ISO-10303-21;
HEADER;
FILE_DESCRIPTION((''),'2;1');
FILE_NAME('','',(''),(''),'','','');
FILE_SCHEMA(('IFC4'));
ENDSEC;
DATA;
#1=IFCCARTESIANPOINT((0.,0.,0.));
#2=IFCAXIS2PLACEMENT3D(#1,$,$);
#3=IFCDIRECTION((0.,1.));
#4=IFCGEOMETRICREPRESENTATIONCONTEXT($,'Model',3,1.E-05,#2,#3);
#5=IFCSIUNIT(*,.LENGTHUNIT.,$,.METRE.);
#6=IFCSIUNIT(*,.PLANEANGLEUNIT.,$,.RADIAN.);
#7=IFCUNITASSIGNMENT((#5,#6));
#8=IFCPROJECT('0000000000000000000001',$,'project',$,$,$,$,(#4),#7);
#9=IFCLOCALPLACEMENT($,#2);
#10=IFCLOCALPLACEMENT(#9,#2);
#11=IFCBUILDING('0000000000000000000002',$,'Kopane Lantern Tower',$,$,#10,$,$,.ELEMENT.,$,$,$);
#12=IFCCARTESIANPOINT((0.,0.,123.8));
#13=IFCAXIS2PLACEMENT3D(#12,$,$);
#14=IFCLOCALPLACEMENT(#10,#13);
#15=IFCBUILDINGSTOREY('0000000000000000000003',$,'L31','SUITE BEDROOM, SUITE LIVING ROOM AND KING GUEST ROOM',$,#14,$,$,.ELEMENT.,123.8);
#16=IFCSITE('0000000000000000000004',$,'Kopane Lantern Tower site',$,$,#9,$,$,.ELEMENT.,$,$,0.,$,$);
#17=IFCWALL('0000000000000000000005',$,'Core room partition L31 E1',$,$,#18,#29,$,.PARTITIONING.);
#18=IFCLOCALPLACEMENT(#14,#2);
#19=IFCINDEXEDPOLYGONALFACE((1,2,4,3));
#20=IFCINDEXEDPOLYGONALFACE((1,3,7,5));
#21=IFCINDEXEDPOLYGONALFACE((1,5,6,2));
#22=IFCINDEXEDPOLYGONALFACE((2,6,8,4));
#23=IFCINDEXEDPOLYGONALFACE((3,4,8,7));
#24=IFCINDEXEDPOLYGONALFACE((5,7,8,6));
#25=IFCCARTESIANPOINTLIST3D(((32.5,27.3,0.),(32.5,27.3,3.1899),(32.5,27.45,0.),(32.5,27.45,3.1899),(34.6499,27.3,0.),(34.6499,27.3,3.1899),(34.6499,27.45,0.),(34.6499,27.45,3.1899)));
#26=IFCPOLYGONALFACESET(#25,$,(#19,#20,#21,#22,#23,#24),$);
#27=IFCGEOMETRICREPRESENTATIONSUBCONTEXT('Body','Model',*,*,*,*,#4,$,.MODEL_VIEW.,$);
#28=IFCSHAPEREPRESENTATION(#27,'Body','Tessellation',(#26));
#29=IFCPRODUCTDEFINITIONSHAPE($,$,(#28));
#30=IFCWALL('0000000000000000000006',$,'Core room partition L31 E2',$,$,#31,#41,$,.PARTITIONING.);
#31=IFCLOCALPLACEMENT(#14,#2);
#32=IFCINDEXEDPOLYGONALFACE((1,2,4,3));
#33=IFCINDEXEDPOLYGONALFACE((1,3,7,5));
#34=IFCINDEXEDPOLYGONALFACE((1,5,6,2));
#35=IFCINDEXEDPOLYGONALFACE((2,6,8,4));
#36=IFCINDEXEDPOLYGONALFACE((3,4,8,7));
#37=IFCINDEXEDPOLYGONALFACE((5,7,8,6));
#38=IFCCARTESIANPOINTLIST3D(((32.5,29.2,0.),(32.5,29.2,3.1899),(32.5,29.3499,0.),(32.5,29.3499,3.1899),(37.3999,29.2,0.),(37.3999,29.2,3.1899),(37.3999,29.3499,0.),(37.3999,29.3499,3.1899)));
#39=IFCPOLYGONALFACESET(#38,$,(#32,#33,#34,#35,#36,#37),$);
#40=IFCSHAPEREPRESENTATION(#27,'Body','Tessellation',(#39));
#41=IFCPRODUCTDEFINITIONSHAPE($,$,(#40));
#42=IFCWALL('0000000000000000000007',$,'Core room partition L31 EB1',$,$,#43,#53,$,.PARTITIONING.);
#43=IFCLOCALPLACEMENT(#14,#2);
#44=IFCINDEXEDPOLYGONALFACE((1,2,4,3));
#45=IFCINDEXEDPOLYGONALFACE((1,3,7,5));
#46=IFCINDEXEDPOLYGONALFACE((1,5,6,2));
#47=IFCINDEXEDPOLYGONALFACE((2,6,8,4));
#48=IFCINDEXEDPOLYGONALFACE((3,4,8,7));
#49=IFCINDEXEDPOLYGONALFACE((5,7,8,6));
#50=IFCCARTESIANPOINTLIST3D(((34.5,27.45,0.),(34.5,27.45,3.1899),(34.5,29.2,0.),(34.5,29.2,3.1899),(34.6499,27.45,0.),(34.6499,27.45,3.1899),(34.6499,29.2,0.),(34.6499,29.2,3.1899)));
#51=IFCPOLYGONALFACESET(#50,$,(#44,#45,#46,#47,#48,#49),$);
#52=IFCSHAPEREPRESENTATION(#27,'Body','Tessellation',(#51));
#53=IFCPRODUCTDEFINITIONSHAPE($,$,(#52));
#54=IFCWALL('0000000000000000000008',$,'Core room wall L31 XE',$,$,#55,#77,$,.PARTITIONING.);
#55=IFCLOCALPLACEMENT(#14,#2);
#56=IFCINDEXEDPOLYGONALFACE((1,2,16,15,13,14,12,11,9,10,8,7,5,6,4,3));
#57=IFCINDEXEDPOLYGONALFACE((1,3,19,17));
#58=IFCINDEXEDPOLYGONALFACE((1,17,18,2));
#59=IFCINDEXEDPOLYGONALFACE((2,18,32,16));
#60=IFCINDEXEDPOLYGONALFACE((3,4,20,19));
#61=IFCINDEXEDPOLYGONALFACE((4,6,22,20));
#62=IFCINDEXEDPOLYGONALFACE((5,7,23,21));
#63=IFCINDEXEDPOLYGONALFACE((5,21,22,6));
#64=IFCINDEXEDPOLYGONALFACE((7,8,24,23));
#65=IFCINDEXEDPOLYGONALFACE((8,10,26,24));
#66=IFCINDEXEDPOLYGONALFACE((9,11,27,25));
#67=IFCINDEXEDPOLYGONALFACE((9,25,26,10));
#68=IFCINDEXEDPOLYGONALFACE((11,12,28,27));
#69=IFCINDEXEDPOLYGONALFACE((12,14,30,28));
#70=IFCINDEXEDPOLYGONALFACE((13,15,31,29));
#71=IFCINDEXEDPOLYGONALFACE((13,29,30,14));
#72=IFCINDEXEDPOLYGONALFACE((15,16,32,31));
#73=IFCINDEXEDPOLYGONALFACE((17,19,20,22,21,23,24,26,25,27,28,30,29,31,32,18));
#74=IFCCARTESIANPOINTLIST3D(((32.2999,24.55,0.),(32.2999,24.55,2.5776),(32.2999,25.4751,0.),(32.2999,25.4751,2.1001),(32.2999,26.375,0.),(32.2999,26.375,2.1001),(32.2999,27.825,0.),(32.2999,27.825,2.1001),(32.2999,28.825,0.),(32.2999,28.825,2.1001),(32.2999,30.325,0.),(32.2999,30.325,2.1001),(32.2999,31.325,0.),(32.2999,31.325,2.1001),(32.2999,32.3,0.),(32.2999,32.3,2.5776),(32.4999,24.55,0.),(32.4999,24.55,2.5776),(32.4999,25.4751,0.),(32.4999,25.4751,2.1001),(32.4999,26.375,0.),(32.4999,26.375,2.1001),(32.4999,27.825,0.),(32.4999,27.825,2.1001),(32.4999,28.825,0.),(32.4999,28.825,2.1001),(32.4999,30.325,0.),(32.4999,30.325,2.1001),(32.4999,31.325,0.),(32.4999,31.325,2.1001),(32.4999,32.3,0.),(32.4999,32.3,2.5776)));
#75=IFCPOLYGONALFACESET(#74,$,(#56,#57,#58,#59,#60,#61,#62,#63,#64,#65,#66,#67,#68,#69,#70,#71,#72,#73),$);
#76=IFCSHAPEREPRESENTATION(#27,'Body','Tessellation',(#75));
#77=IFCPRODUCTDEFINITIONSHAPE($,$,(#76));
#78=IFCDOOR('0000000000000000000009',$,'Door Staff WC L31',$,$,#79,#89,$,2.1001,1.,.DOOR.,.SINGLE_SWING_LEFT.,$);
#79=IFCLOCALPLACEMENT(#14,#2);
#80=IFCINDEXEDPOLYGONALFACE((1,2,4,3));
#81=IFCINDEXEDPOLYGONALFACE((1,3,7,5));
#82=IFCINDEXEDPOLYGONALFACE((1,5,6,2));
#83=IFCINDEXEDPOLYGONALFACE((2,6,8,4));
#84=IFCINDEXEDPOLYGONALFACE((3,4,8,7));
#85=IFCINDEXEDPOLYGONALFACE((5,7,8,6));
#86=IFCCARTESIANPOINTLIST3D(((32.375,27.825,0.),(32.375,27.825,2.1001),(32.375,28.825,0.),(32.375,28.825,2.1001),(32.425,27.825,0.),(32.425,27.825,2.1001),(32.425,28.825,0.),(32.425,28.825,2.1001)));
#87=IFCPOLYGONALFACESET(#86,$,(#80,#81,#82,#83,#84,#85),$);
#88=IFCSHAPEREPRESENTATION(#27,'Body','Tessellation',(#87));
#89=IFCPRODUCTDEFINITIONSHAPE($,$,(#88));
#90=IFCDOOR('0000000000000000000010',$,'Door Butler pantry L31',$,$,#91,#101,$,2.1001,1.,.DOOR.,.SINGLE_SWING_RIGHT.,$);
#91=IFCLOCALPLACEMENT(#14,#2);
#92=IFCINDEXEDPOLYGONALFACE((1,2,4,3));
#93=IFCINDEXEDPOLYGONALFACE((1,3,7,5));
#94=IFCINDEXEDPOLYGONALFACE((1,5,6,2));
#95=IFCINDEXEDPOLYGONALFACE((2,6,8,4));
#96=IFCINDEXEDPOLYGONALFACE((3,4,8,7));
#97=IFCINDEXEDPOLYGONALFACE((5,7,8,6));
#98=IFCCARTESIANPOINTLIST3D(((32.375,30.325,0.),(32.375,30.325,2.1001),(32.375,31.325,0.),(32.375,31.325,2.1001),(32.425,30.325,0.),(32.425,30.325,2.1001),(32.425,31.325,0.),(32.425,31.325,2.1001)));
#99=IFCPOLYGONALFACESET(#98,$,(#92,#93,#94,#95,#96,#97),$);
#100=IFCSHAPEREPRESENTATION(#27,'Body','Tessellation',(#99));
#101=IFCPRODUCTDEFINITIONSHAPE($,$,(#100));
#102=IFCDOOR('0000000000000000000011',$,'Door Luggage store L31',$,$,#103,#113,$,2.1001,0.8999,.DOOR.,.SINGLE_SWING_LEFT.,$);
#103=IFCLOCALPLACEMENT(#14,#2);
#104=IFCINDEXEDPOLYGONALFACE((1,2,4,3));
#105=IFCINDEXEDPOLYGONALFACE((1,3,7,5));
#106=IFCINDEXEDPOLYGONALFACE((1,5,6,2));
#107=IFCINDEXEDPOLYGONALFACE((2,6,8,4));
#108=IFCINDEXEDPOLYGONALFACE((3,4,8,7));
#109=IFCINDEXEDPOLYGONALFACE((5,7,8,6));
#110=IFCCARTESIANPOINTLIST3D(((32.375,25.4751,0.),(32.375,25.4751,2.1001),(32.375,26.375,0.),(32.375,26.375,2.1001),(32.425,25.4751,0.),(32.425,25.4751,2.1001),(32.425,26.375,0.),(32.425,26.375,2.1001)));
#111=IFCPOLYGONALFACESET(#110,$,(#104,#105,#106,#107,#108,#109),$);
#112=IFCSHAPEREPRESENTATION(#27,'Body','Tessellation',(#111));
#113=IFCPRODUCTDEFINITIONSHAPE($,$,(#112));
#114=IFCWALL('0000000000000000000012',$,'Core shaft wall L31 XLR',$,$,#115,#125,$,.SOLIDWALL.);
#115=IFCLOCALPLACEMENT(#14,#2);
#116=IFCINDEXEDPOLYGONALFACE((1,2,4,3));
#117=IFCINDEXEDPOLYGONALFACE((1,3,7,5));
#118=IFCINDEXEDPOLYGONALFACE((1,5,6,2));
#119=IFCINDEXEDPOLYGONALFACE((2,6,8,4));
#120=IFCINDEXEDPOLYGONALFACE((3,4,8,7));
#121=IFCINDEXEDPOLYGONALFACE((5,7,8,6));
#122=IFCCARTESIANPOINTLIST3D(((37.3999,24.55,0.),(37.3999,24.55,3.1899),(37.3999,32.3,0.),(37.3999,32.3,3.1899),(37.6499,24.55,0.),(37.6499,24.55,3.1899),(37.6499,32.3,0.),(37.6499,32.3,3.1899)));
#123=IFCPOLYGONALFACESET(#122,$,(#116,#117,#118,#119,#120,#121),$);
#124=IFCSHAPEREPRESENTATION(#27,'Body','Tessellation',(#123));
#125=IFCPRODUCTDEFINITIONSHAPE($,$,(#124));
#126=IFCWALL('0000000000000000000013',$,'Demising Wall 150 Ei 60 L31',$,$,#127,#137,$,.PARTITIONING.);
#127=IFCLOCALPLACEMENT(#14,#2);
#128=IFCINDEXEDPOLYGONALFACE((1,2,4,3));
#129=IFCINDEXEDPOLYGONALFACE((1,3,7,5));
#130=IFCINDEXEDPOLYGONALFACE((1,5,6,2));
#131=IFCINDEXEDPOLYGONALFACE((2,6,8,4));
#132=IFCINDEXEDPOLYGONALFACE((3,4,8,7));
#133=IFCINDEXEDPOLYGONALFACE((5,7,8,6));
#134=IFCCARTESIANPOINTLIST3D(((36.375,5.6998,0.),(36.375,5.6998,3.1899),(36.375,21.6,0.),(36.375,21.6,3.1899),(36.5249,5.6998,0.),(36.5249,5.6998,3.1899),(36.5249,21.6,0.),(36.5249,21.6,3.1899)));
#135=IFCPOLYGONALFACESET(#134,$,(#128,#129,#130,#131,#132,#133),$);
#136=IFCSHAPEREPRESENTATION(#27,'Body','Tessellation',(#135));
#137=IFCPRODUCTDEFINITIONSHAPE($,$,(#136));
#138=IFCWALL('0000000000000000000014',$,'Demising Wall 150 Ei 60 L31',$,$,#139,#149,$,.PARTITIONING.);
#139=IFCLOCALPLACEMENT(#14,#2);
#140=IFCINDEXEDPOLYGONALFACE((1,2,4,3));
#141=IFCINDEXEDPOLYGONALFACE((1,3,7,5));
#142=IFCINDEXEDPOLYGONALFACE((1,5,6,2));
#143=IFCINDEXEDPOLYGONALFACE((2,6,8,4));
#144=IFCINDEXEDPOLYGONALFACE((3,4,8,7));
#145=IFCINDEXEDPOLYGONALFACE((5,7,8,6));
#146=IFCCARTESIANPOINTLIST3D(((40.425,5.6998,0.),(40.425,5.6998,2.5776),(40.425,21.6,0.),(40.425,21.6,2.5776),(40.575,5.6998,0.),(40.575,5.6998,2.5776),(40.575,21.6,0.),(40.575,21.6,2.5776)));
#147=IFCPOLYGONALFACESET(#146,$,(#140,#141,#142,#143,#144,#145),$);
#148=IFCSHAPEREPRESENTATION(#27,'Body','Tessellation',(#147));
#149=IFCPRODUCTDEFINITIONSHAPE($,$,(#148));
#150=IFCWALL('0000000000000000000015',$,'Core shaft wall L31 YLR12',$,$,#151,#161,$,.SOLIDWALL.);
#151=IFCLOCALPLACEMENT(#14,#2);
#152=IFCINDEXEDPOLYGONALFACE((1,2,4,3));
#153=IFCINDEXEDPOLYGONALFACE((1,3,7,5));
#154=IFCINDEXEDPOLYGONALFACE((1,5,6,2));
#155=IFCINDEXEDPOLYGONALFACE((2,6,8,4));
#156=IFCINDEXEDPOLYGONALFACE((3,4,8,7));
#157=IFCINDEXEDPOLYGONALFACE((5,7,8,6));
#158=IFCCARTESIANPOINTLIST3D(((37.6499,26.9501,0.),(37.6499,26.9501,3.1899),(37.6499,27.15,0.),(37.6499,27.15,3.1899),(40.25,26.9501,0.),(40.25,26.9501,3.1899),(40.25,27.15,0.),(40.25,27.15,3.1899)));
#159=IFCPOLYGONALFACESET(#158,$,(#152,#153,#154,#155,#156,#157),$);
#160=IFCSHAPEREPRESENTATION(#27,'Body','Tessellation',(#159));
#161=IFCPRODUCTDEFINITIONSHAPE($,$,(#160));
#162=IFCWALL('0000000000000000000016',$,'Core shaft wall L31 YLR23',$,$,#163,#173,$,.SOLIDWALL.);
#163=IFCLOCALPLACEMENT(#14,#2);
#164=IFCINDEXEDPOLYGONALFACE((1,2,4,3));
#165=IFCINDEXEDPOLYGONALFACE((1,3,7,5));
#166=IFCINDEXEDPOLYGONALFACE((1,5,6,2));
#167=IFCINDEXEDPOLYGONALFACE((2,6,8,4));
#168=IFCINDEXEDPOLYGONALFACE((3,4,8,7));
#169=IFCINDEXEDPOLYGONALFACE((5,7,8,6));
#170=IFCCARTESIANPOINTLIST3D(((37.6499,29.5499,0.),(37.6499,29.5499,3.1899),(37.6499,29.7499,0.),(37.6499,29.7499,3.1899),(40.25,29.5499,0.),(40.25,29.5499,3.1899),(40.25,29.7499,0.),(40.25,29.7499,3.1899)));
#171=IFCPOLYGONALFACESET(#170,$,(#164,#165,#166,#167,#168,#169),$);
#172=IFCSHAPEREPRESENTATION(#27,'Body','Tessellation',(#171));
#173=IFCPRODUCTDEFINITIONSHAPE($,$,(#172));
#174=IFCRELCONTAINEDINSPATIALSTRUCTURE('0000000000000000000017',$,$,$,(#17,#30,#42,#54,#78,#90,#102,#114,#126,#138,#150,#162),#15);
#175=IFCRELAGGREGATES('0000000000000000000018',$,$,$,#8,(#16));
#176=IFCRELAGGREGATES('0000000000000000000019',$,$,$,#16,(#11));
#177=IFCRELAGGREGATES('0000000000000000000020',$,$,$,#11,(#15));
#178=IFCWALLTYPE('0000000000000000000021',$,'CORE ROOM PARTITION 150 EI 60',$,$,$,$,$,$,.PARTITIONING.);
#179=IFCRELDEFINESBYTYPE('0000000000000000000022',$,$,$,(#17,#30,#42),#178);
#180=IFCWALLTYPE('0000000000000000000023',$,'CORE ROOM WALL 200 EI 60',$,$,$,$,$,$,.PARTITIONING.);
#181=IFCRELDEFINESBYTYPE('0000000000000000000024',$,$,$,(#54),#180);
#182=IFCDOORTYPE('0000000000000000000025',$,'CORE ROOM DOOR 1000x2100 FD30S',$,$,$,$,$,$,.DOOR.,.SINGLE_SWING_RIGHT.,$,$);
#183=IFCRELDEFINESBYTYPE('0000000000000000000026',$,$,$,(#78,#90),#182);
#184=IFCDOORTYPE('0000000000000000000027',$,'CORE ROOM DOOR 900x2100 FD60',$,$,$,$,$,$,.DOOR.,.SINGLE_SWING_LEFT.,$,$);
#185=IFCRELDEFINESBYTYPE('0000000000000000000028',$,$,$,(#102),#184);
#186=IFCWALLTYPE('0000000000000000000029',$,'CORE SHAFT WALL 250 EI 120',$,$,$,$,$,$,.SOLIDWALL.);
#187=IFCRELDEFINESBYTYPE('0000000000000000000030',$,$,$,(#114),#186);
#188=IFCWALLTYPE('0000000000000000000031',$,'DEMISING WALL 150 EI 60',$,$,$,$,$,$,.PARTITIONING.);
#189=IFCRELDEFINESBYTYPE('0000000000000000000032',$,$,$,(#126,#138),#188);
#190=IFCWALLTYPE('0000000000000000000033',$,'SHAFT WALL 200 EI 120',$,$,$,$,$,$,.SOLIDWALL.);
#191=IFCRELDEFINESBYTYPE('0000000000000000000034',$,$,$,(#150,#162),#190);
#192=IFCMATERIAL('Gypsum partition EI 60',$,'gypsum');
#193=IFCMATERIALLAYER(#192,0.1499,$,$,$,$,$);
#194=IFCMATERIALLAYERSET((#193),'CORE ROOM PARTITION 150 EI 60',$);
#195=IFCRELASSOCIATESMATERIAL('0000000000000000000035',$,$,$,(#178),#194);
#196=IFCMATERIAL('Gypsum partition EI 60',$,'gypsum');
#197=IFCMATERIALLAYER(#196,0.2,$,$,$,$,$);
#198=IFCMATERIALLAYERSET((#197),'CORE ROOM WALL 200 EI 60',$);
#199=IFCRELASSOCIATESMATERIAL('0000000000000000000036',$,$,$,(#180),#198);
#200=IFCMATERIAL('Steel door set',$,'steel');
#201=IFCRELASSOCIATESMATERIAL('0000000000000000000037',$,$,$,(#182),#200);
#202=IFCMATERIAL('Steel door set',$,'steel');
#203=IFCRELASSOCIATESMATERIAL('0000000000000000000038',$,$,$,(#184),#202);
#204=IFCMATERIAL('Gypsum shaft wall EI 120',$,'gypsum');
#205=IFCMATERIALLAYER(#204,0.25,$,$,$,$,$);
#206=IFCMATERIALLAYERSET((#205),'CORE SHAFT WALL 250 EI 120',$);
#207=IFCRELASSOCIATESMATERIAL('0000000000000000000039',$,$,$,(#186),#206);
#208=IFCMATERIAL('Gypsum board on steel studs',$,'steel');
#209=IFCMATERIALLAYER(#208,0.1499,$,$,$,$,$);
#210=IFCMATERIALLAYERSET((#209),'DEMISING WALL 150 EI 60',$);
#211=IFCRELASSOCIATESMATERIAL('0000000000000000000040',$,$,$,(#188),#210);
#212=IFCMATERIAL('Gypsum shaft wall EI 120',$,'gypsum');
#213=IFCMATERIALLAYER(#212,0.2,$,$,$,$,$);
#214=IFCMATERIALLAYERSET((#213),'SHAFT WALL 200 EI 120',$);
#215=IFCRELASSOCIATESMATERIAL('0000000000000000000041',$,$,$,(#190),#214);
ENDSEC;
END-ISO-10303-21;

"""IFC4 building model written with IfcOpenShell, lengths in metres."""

from ifc_helpers import new_model, si_unit, direction, frame, frame_2d, origin, place, context, subcontext, project, spatial, rectangle, extrude, material, layer, layer_set, type_object, element, fill, save


model = new_model("IFC4")

# Units and contexts
model_context = context("Model", 3, precision=1e-05, world=origin(), true_north=direction((0.0, 1.0)))
body_context = subcontext(model_context, "Body", "Model", "MODEL_VIEW")
ifc_project = project(units=[si_unit("LENGTHUNIT", "METRE"), si_unit("PLANEANGLEUNIT", "RADIAN")], contexts=[model_context])

# Site, building, storey
site_placement = place(None, origin())
site = spatial("IfcSite", under=ifc_project, at=site_placement, Name="Kopane Lantern Tower site", CompositionType="ELEMENT", RefElevation=0.0)
building_placement = place(site_placement, origin())
building = spatial("IfcBuilding", under=site, at=building_placement, Name="Kopane Lantern Tower", CompositionType="ELEMENT")
storey_placement = place(building_placement, frame((0.0, 0.0, 123.8)))
storey = spatial("IfcBuildingStorey", under=building, at=storey_placement, Name="L31", Description="SUITE BEDROOM, SUITE LIVING ROOM AND KING GUEST ROOM", CompositionType="ELEMENT", Elevation=123.8)

# Walls
ifc_material_1 = material(Name="Gypsum partition EI 60", Category="gypsum")
ifc_layer_1 = layer(ifc_material_1, 0.1499)
ifc_layer_set_1 = layer_set([ifc_layer_1], Name="CORE ROOM PARTITION 150 EI 60")
wall_type_1 = type_object("IfcWallType", Name="CORE ROOM PARTITION 150 EI 60", PredefinedType="PARTITIONING", material=ifc_layer_set_1)
wall_1_placement = place(storey_placement, frame((32.5, 27.375, 0.0), z_axis=(0.0, 0.0, 1.0), x_axis=(1.0, 0.0, 0.0)))
element("IfcWall", 1, at=wall_1_placement, inside=storey, type_object=wall_type_1, Name="Core room partition L31 E1", PredefinedType="PARTITIONING", context=body_context, shape_type="SweptSolid", body=[
    extrude(rectangle(XDim=2.1499, YDim=0.1499, at=frame_2d((1.075, 0.0))), origin(), (0.0, 0.0, 1.0), 3.1899),
])
wall_2_placement = place(storey_placement, frame((32.5, 29.2749, 0.0), z_axis=(0.0, 0.0, 1.0), x_axis=(1.0, 0.0, 0.0)))
element("IfcWall", 2, at=wall_2_placement, inside=storey, type_object=wall_type_1, Name="Core room partition L31 E2", PredefinedType="PARTITIONING", context=body_context, shape_type="SweptSolid", body=[
    extrude(rectangle(XDim=4.8999, YDim=0.1499, at=frame_2d((2.45, 0.0))), origin(), (0.0, 0.0, 1.0), 3.1899),
])
wall_3_placement = place(storey_placement, frame((34.575, 27.45, 0.0), z_axis=(0.0, 0.0, 1.0), x_axis=(0.0, 1.0, 0.0)))
element("IfcWall", 3, at=wall_3_placement, inside=storey, type_object=wall_type_1, Name="Core room partition L31 EB1", PredefinedType="PARTITIONING", context=body_context, shape_type="SweptSolid", body=[
    extrude(rectangle(XDim=1.75, YDim=0.1499, at=frame_2d((0.875, 0.0))), origin(), (0.0, 0.0, 1.0), 3.1899),
])

# Wall, openings, doors
ifc_material_2 = material(Name="Gypsum partition EI 60", Category="gypsum")
ifc_layer_2 = layer(ifc_material_2, 0.2)
ifc_layer_set_2 = layer_set([ifc_layer_2], Name="CORE ROOM WALL 200 EI 60")
wall_type_2 = type_object("IfcWallType", Name="CORE ROOM WALL 200 EI 60", PredefinedType="PARTITIONING", material=ifc_layer_set_2)
wall_4_placement = place(storey_placement, frame((32.3999, 24.55, 0.0), z_axis=(0.0, 0.0, 1.0), x_axis=(0.0, 1.0, 0.0)))
wall_4 = element("IfcWall", 4, at=wall_4_placement, inside=storey, type_object=wall_type_2, Name="Core room wall L31 XE", PredefinedType="PARTITIONING", context=body_context, shape_type="SweptSolid", body=[
    extrude(rectangle(XDim=7.75, YDim=0.2, at=frame_2d((3.875, 0.0))), origin(), (0.0, 0.0, 1.0), 2.5776),
])
opening_1_placement = place(wall_4_placement, frame((0.925, 0.0, 0.0)))
opening_1 = element("IfcOpeningElement", 5, at=opening_1_placement, cuts=wall_4, PredefinedType="OPENING", context=body_context, shape_type="SweptSolid", body=[
    extrude(rectangle(XDim=0.8999, YDim=2.1001, at=frame_2d((0.45, 1.05))), frame((0.0, 0.1099, 0.0), z_axis=(0.0, -1.0, 0.0), x_axis=(1.0, 0.0, 0.0)), (0.0, 0.0, 1.0), 0.22),
])
opening_2_placement = place(wall_4_placement, frame((3.2749, 0.0, 0.0)))
opening_2 = element("IfcOpeningElement", 6, at=opening_2_placement, cuts=wall_4, PredefinedType="OPENING", context=body_context, shape_type="SweptSolid", body=[
    extrude(rectangle(XDim=1.0, YDim=2.1001, at=frame_2d((0.5, 1.05))), frame((0.0, 0.1099, 0.0), z_axis=(0.0, -1.0, 0.0), x_axis=(1.0, 0.0, 0.0)), (0.0, 0.0, 1.0), 0.22),
])
opening_3_placement = place(wall_4_placement, frame((5.7749, 0.0, 0.0)))
opening_3 = element("IfcOpeningElement", 7, at=opening_3_placement, cuts=wall_4, PredefinedType="OPENING", context=body_context, shape_type="SweptSolid", body=[
    extrude(rectangle(XDim=1.0, YDim=2.1001, at=frame_2d((0.5, 1.05))), frame((0.0, 0.1099, 0.0), z_axis=(0.0, -1.0, 0.0), x_axis=(1.0, 0.0, 0.0)), (0.0, 0.0, 1.0), 0.22),
])
ifc_material_3 = material(Name="Steel door set", Category="steel")
door_type_1 = type_object("IfcDoorType", Name="CORE ROOM DOOR 1000x2100 FD30S", OperationType="SINGLE_SWING_RIGHT", PredefinedType="DOOR", material=ifc_material_3)
door_1_placement = place(opening_2_placement, origin())
door_1 = element("IfcDoor", 8, at=door_1_placement, inside=storey, type_object=door_type_1, Name="Door Staff WC L31", OperationType="SINGLE_SWING_LEFT", OverallHeight=2.1001, OverallWidth=1.0, PredefinedType="DOOR", context=body_context, shape_type="SweptSolid", body=[
    extrude(rectangle(XDim=1.0, YDim=2.1001, at=frame_2d((0.5, 1.05))), frame((0.0, 0.0249, 0.0), z_axis=(0.0, -1.0, 0.0), x_axis=(1.0, 0.0, 0.0)), (0.0, 0.0, 1.0), 0.05),
])
fill(opening_2, door_1)
door_2_placement = place(opening_3_placement, origin())
door_2 = element("IfcDoor", 9, at=door_2_placement, inside=storey, type_object=door_type_1, Name="Door Butler pantry L31", OperationType="SINGLE_SWING_RIGHT", OverallHeight=2.1001, OverallWidth=1.0, PredefinedType="DOOR", context=body_context, shape_type="SweptSolid", body=[
    extrude(rectangle(XDim=1.0, YDim=2.1001, at=frame_2d((0.5, 1.05))), frame((0.0, 0.0249, 0.0), z_axis=(0.0, -1.0, 0.0), x_axis=(1.0, 0.0, 0.0)), (0.0, 0.0, 1.0), 0.05),
])
fill(opening_3, door_2)
ifc_material_4 = material(Name="Steel door set", Category="steel")
door_type_2 = type_object("IfcDoorType", Name="CORE ROOM DOOR 900x2100 FD60", OperationType="SINGLE_SWING_LEFT", PredefinedType="DOOR", material=ifc_material_4)
door_3_placement = place(opening_1_placement, origin())
door_3 = element("IfcDoor", 10, at=door_3_placement, inside=storey, type_object=door_type_2, Name="Door Luggage store L31", OperationType="SINGLE_SWING_LEFT", OverallHeight=2.1001, OverallWidth=0.8999, PredefinedType="DOOR", context=body_context, shape_type="SweptSolid", body=[
    extrude(rectangle(XDim=0.8999, YDim=2.1001, at=frame_2d((0.45, 1.05))), frame((0.0, 0.0249, 0.0), z_axis=(0.0, -1.0, 0.0), x_axis=(1.0, 0.0, 0.0)), (0.0, 0.0, 1.0), 0.05),
])
fill(opening_1, door_3)

# Walls
ifc_material_5 = material(Name="Gypsum shaft wall EI 120", Category="gypsum")
ifc_layer_3 = layer(ifc_material_5, 0.25)
ifc_layer_set_3 = layer_set([ifc_layer_3], Name="CORE SHAFT WALL 250 EI 120")
wall_type_3 = type_object("IfcWallType", Name="CORE SHAFT WALL 250 EI 120", PredefinedType="SOLIDWALL", material=ifc_layer_set_3)
wall_5_placement = place(storey_placement, frame((37.5249, 24.55, 0.0), z_axis=(0.0, 0.0, 1.0), x_axis=(0.0, 1.0, 0.0)))
element("IfcWall", 11, at=wall_5_placement, inside=storey, type_object=wall_type_3, Name="Core shaft wall L31 XLR", PredefinedType="SOLIDWALL", context=body_context, shape_type="SweptSolid", body=[
    extrude(rectangle(XDim=7.75, YDim=0.25, at=frame_2d((3.875, 0.0))), origin(), (0.0, 0.0, 1.0), 3.1899),
])
ifc_material_6 = material(Name="Gypsum board on steel studs", Category="steel")
ifc_layer_4 = layer(ifc_material_6, 0.1499)
ifc_layer_set_4 = layer_set([ifc_layer_4], Name="DEMISING WALL 150 EI 60")
wall_type_4 = type_object("IfcWallType", Name="DEMISING WALL 150 EI 60", PredefinedType="PARTITIONING", material=ifc_layer_set_4)
wall_6_placement = place(storey_placement, frame((36.45, 21.6001, 0.0), z_axis=(0.0, 0.0, 1.0), x_axis=(0.0, -1.0, 0.0)))
element("IfcWall", 12, at=wall_6_placement, inside=storey, type_object=wall_type_4, Name="Demising Wall 150 Ei 60 L31", PredefinedType="PARTITIONING", context=body_context, shape_type="SweptSolid", body=[
    extrude(rectangle(XDim=15.9001, YDim=0.1499, at=frame_2d((7.9502, 0.0))), origin(), (0.0, 0.0, 1.0), 3.1899),
])
wall_7_placement = place(storey_placement, frame((40.5, 21.6001, 0.0), z_axis=(0.0, 0.0, 1.0), x_axis=(0.0, -1.0, 0.0)))
element("IfcWall", 13, at=wall_7_placement, inside=storey, type_object=wall_type_4, Name="Demising Wall 150 Ei 60 L31", PredefinedType="PARTITIONING", context=body_context, shape_type="SweptSolid", body=[
    extrude(rectangle(XDim=15.9001, YDim=0.1499, at=frame_2d((7.9502, 0.0))), origin(), (0.0, 0.0, 1.0), 2.5776),
])
ifc_material_7 = material(Name="Gypsum shaft wall EI 120", Category="gypsum")
ifc_layer_5 = layer(ifc_material_7, 0.2)
ifc_layer_set_5 = layer_set([ifc_layer_5], Name="SHAFT WALL 200 EI 120")
wall_type_5 = type_object("IfcWallType", Name="SHAFT WALL 200 EI 120", PredefinedType="SOLIDWALL", material=ifc_layer_set_5)
for number, where, z_axis, x_axis, name in (
    (14, (37.6499, 27.05, 0.0), (0.0, 0.0, 1.0), (1.0, 0.0, 0.0), "Core shaft wall L31 YLR12"),
    (15, (37.6499, 29.6499, 0.0), (0.0, 0.0, 1.0), (1.0, 0.0, 0.0), "Core shaft wall L31 YLR23"),
):
    element("IfcWall", number, at=place(storey_placement, frame(where, z_axis=z_axis, x_axis=x_axis)), inside=storey, type_object=wall_type_5, Name=name, PredefinedType="SOLIDWALL", context=body_context, shape_type="SweptSolid", body=[
        extrude(rectangle(XDim=2.6001, YDim=0.2, at=frame_2d((1.3, 0.0))), origin(), (0.0, 0.0, 1.0), 3.1899),
    ])

save(model, "model.ifc")
